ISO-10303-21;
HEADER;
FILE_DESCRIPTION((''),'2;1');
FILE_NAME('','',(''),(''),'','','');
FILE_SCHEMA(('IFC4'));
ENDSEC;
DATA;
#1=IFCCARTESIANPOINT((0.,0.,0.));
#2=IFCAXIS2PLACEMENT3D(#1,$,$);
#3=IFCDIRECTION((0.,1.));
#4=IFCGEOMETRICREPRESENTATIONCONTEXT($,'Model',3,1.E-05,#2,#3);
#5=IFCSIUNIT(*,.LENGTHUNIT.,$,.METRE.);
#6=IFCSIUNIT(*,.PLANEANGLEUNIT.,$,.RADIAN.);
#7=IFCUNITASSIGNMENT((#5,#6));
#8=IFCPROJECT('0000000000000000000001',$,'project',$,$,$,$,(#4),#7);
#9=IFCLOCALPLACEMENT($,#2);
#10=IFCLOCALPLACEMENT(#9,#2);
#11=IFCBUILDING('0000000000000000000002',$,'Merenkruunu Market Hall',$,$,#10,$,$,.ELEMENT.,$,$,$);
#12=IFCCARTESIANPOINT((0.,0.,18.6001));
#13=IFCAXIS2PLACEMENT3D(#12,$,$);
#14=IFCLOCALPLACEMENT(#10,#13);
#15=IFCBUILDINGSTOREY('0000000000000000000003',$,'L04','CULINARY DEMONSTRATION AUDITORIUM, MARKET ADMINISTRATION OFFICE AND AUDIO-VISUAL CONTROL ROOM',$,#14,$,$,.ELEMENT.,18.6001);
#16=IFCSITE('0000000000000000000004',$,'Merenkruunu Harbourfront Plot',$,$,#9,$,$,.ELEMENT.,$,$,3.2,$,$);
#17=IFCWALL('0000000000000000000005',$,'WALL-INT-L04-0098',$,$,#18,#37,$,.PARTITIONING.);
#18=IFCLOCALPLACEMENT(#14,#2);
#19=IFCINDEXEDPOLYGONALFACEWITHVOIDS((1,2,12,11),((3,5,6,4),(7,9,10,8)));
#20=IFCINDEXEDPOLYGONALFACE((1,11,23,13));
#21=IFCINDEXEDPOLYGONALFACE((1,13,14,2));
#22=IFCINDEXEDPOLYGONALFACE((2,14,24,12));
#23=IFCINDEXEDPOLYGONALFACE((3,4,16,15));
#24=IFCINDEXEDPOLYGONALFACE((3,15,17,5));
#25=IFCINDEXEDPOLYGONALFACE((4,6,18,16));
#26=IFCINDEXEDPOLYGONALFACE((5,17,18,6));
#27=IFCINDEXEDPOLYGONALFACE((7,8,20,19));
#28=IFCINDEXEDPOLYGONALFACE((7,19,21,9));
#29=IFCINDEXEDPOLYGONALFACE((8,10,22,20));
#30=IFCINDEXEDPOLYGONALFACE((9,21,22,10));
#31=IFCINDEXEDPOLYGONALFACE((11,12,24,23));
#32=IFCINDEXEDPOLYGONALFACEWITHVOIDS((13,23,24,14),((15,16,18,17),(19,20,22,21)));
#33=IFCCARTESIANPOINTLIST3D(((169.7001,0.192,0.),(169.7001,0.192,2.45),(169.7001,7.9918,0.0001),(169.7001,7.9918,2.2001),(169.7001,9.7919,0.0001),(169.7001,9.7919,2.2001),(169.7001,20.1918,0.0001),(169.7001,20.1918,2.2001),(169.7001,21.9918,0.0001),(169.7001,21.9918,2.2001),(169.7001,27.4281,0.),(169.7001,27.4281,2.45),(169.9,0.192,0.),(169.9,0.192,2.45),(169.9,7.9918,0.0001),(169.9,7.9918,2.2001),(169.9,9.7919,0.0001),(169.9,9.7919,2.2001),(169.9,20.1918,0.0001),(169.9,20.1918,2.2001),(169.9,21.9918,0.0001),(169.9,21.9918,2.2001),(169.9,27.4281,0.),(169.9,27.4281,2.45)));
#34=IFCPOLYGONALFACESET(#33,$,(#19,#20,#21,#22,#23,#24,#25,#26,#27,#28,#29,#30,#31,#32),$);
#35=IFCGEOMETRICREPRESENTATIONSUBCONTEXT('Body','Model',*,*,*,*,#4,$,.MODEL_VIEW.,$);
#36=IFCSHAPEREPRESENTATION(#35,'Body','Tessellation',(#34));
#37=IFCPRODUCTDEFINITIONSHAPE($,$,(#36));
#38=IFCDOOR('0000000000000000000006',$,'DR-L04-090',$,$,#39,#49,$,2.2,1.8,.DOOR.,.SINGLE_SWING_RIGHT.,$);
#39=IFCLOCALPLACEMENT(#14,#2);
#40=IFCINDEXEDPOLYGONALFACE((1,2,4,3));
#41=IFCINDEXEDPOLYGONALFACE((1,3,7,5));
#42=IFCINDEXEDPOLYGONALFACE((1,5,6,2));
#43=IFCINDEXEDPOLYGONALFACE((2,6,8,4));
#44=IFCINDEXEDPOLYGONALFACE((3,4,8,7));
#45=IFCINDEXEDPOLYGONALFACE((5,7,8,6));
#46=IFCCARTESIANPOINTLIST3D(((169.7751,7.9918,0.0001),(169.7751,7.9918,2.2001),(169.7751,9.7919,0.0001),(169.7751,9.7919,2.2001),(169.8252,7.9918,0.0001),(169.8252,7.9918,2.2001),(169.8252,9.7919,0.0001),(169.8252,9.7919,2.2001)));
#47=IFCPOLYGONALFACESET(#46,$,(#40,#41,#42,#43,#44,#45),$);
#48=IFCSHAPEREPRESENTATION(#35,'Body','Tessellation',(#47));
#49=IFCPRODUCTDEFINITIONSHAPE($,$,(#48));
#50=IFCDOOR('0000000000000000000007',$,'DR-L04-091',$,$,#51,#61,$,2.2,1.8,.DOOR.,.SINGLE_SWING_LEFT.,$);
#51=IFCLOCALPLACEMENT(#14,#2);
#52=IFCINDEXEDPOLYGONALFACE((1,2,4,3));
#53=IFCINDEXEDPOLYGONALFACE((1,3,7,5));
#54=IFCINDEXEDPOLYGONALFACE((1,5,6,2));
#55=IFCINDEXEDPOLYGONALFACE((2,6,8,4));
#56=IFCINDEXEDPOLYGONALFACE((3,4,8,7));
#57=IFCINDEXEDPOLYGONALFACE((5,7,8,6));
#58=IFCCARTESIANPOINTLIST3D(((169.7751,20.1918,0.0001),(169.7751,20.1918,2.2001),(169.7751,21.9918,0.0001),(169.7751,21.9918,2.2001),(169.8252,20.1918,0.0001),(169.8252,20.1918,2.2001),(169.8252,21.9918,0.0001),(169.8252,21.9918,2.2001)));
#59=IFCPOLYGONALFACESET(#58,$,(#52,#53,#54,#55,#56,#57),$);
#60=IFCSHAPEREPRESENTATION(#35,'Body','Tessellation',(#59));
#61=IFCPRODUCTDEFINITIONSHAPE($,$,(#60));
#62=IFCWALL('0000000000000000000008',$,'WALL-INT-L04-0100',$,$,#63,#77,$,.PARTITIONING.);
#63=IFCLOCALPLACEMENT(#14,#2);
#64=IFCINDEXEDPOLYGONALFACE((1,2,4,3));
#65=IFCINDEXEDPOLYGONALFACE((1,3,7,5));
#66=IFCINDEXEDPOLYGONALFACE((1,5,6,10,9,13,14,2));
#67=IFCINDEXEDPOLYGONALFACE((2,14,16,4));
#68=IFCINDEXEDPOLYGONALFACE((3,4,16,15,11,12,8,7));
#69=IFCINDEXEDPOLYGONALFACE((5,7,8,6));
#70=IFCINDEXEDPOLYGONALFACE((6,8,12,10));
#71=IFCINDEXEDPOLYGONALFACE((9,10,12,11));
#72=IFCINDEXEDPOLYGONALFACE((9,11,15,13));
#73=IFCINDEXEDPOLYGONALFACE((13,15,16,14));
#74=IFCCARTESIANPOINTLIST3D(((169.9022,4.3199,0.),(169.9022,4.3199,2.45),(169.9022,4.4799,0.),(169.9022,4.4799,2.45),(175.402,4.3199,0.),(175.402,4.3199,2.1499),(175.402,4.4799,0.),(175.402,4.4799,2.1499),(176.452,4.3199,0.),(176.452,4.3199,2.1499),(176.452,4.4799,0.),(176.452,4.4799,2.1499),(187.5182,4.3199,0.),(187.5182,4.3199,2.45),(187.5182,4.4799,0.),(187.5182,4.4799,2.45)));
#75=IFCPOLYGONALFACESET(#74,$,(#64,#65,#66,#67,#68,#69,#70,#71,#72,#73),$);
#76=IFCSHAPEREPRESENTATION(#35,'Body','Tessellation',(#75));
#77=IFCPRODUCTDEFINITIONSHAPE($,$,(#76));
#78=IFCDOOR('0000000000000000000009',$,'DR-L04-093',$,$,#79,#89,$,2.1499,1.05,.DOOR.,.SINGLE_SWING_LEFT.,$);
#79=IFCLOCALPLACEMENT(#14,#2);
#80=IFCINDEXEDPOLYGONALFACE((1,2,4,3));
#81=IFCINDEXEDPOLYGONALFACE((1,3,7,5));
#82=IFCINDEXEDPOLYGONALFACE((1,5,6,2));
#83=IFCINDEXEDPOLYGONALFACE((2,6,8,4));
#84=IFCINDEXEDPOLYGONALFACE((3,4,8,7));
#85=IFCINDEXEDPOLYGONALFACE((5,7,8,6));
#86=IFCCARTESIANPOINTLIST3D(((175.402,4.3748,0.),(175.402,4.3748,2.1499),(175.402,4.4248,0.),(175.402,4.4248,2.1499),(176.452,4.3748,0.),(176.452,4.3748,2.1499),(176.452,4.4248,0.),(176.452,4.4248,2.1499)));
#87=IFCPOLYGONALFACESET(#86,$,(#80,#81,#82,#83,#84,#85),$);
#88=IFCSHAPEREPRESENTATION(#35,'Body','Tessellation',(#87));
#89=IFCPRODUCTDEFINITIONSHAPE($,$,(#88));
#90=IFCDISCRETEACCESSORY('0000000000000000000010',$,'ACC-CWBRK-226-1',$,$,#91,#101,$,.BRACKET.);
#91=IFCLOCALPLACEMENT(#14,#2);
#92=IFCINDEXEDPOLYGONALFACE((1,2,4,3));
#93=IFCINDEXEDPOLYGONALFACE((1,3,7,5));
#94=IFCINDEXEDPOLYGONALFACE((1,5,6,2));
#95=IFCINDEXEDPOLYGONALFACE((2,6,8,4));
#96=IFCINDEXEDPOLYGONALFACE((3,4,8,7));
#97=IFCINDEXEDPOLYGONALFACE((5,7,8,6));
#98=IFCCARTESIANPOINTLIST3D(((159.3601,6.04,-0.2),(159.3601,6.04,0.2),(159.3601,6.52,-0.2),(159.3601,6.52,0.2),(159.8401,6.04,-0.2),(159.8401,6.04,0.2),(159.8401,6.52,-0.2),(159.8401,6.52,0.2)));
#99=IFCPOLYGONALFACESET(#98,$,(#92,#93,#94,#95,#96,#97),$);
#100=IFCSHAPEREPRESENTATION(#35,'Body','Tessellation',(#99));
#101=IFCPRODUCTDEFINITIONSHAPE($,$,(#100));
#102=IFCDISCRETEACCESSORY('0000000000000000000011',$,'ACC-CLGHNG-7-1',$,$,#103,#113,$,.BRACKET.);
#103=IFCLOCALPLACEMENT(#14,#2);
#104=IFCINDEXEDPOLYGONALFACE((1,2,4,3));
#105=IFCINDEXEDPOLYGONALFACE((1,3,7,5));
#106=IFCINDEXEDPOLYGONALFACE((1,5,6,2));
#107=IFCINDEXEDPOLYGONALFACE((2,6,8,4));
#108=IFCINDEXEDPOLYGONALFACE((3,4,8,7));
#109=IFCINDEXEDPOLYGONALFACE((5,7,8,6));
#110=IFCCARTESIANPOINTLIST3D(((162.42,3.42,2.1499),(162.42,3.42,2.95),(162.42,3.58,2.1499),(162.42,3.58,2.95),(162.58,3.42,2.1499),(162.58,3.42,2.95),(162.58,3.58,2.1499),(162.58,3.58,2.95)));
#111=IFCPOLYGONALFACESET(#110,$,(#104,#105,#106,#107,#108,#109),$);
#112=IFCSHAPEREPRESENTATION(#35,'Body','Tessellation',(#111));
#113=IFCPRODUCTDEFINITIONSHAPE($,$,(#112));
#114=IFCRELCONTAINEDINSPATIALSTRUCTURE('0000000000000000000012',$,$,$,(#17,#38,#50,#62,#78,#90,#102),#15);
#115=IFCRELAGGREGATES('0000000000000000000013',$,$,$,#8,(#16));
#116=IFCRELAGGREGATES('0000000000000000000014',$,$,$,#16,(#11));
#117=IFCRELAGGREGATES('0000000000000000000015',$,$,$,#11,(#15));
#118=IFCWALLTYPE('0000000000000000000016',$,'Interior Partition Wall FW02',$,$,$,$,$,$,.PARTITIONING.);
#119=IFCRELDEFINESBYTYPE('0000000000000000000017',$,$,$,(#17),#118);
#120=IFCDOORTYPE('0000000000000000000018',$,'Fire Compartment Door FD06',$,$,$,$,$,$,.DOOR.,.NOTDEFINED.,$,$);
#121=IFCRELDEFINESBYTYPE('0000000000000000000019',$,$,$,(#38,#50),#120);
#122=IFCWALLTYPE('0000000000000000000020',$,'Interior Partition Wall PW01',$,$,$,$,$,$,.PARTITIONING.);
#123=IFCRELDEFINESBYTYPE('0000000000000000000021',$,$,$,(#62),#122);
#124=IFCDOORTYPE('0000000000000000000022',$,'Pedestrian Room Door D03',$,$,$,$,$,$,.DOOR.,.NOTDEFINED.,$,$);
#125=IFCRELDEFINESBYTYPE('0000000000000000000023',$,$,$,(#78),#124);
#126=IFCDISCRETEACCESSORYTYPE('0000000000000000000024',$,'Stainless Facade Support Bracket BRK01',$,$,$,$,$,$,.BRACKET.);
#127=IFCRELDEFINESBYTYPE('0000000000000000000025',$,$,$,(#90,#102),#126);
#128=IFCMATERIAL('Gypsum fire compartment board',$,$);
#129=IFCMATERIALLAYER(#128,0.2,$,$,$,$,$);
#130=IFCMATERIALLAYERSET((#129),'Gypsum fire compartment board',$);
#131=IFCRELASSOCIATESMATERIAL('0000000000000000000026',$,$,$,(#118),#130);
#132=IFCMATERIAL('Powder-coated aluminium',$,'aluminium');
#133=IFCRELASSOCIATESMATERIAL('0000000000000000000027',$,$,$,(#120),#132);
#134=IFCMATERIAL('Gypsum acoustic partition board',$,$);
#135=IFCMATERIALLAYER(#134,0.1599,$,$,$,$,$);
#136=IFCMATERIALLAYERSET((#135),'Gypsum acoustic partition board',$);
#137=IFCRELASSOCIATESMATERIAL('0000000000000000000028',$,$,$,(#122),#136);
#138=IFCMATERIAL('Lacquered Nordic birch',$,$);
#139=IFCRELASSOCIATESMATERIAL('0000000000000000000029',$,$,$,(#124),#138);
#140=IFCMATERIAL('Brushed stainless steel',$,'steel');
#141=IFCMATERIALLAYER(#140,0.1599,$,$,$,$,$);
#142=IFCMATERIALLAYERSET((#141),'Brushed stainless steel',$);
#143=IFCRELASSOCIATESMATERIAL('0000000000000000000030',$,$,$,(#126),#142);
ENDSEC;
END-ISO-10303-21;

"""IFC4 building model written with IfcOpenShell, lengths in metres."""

from ifc_helpers import new_model, si_unit, direction, frame, frame_2d, origin, origin_2d, place, context, subcontext, project, spatial, rectangle, extrude, material, layer, layer_set, type_object, element, fill, save


model = new_model("IFC4")

# Units and contexts
model_context = context("Model", 3, precision=1e-05, world=origin(), true_north=direction((0.0, 1.0)))
body_context = subcontext(model_context, "Body", "Model", "MODEL_VIEW")
ifc_project = project(units=[si_unit("LENGTHUNIT", "METRE"), si_unit("PLANEANGLEUNIT", "RADIAN")], contexts=[model_context])

# Site, building, storey
site_placement = place(None, origin())
site = spatial("IfcSite", under=ifc_project, at=site_placement, Name="Merenkruunu Harbourfront Plot", CompositionType="ELEMENT", RefElevation=3.2)
building_placement = place(site_placement, origin())
building = spatial("IfcBuilding", under=site, at=building_placement, Name="Merenkruunu Market Hall", CompositionType="ELEMENT")
storey_placement = place(building_placement, frame((0.0, 0.0, 18.6001)))
storey = spatial("IfcBuildingStorey", under=building, at=storey_placement, Name="L04", Description="CULINARY DEMONSTRATION AUDITORIUM, MARKET ADMINISTRATION OFFICE AND AUDIO-VISUAL CONTROL ROOM", CompositionType="ELEMENT", Elevation=18.6001)

# Wall, openings, doors
ifc_material_1 = material(Name="Gypsum fire compartment board")
ifc_layer_1 = layer(ifc_material_1, 0.2)
ifc_layer_set_1 = layer_set([ifc_layer_1], Name="Gypsum fire compartment board")
wall_type_1 = type_object("IfcWallType", Name="Interior Partition Wall FW02", PredefinedType="PARTITIONING", material=ifc_layer_set_1)
wall_1_placement = place(storey_placement, frame((169.8, 0.1919, 0.0), z_axis=(0.0, 0.0, 1.0), x_axis=(0.0, 1.0, 0.0)))
wall_1 = element("IfcWall", 1, at=wall_1_placement, inside=storey, type_object=wall_type_1, Name="WALL-INT-L04-0098", PredefinedType="PARTITIONING", context=body_context, shape_type="SweptSolid", body=[
    extrude(rectangle(XDim=27.2361, YDim=0.2, at=frame_2d((13.6182, 0.0))), origin(), (0.0, 0.0, 1.0), 2.45),
])
opening_1_placement = place(wall_1_placement, frame((7.8, 0.0, 0.0)))
opening_1 = element("IfcOpeningElement", 2, at=opening_1_placement, cuts=wall_1, PredefinedType="OPENING", context=body_context, shape_type="SweptSolid", body=[
    extrude(rectangle(XDim=1.8, YDim=2.2, at=frame_2d((0.8999, 1.1001))), frame((0.0, 0.1099, 0.0), z_axis=(0.0, -1.0, 0.0), x_axis=(1.0, 0.0, 0.0)), (0.0, 0.0, 1.0), 0.22),
])
opening_2_placement = place(wall_1_placement, frame((20.0, 0.0, 0.0)))
opening_2 = element("IfcOpeningElement", 3, at=opening_2_placement, cuts=wall_1, PredefinedType="OPENING", context=body_context, shape_type="SweptSolid", body=[
    extrude(rectangle(XDim=1.8, YDim=2.2, at=frame_2d((0.8999, 1.1001))), frame((0.0, 0.1099, 0.0), z_axis=(0.0, -1.0, 0.0), x_axis=(1.0, 0.0, 0.0)), (0.0, 0.0, 1.0), 0.22),
])
ifc_material_2 = material(Name="Powder-coated aluminium", Category="aluminium")
door_type_1 = type_object("IfcDoorType", Name="Fire Compartment Door FD06", OperationType="NOTDEFINED", PredefinedType="DOOR", material=ifc_material_2)
door_1_placement = place(opening_1_placement, origin())
door_1 = element("IfcDoor", 4, at=door_1_placement, inside=storey, type_object=door_type_1, Name="DR-L04-090", OperationType="SINGLE_SWING_RIGHT", OverallHeight=2.2, OverallWidth=1.8, PredefinedType="DOOR", context=body_context, shape_type="SweptSolid", body=[
    extrude(rectangle(XDim=1.8, YDim=2.2, at=frame_2d((0.8999, 1.1001))), frame((0.0, 0.0249, 0.0), z_axis=(0.0, -1.0, 0.0), x_axis=(1.0, 0.0, 0.0)), (0.0, 0.0, 1.0), 0.05),
])
fill(opening_1, door_1)
door_2_placement = place(opening_2_placement, origin())
door_2 = element("IfcDoor", 5, at=door_2_placement, inside=storey, type_object=door_type_1, Name="DR-L04-091", OperationType="SINGLE_SWING_LEFT", OverallHeight=2.2, OverallWidth=1.8, PredefinedType="DOOR", context=body_context, shape_type="SweptSolid", body=[
    extrude(rectangle(XDim=1.8, YDim=2.2, at=frame_2d((0.8999, 1.1001))), frame((0.0, 0.0249, 0.0), z_axis=(0.0, -1.0, 0.0), x_axis=(1.0, 0.0, 0.0)), (0.0, 0.0, 1.0), 0.05),
])
fill(opening_2, door_2)

# Wall, opening, door
ifc_material_3 = material(Name="Gypsum acoustic partition board")
ifc_layer_2 = layer(ifc_material_3, 0.1599)
ifc_layer_set_2 = layer_set([ifc_layer_2], Name="Gypsum acoustic partition board")
wall_type_2 = type_object("IfcWallType", Name="Interior Partition Wall PW01", PredefinedType="PARTITIONING", material=ifc_layer_set_2)
wall_2_placement = place(storey_placement, frame((169.9021, 4.3999, 0.0), z_axis=(0.0, 0.0, 1.0), x_axis=(1.0, 0.0, 0.0)))
wall_2 = element("IfcWall", 6, at=wall_2_placement, inside=storey, type_object=wall_type_2, Name="WALL-INT-L04-0100", PredefinedType="PARTITIONING", context=body_context, shape_type="SweptSolid", body=[
    extrude(rectangle(XDim=17.616, YDim=0.1599, at=frame_2d((8.8081, 0.0))), origin(), (0.0, 0.0, 1.0), 2.45),
])
opening_3_placement = place(wall_2_placement, frame((5.5, 0.0, 0.0)))
opening_3 = element("IfcOpeningElement", 7, at=opening_3_placement, cuts=wall_2, PredefinedType="OPENING", context=body_context, shape_type="SweptSolid", body=[
    extrude(rectangle(XDim=1.05, YDim=2.1499, at=frame_2d((0.5249, 1.075))), frame((0.0, 0.0898, 0.0), z_axis=(0.0, -1.0, 0.0), x_axis=(1.0, 0.0, 0.0)), (0.0, 0.0, 1.0), 0.1799),
])
ifc_material_4 = material(Name="Lacquered Nordic birch")
door_type_2 = type_object("IfcDoorType", Name="Pedestrian Room Door D03", OperationType="NOTDEFINED", PredefinedType="DOOR", material=ifc_material_4)
door_3_placement = place(opening_3_placement, origin())
door_3 = element("IfcDoor", 8, at=door_3_placement, inside=storey, type_object=door_type_2, Name="DR-L04-093", OperationType="SINGLE_SWING_LEFT", OverallHeight=2.1499, OverallWidth=1.05, PredefinedType="DOOR", context=body_context, shape_type="SweptSolid", body=[
    extrude(rectangle(XDim=1.05, YDim=2.1499, at=frame_2d((0.5249, 1.075))), frame((0.0, 0.0249, 0.0), z_axis=(0.0, -1.0, 0.0), x_axis=(1.0, 0.0, 0.0)), (0.0, 0.0, 1.0), 0.05),
])
fill(opening_3, door_3)

# Discrete accessories
ifc_material_5 = material(Name="Brushed stainless steel", Category="steel")
ifc_layer_3 = layer(ifc_material_5, 0.1599)
ifc_layer_set_3 = layer_set([ifc_layer_3], Name="Brushed stainless steel")
discrete_accessory_type = type_object("IfcDiscreteAccessoryType", Name="Stainless Facade Support Bracket BRK01", PredefinedType="BRACKET", material=ifc_layer_set_3)
discrete_accessory_1_placement = place(storey_placement, frame((159.6001, 6.28, -0.2), z_axis=(0.0, 0.0, 1.0), x_axis=(1.0, 0.0, 0.0)))
element("IfcDiscreteAccessory", 9, at=discrete_accessory_1_placement, inside=storey, type_object=discrete_accessory_type, Name="ACC-CWBRK-226-1", PredefinedType="BRACKET", context=body_context, shape_type="SweptSolid", body=[
    extrude(rectangle(XDim=0.48, YDim=0.48, at=origin_2d()), origin(), (0.0, 0.0, 1.0), 0.3999),
])
discrete_accessory_2_placement = place(storey_placement, frame((162.5, 3.5, 2.1499), z_axis=(0.0, 0.0, 1.0), x_axis=(1.0, 0.0, 0.0)))
element("IfcDiscreteAccessory", 10, at=discrete_accessory_2_placement, inside=storey, type_object=discrete_accessory_type, Name="ACC-CLGHNG-7-1", PredefinedType="BRACKET", context=body_context, shape_type="SweptSolid", body=[
    extrude(rectangle(XDim=0.1599, YDim=0.1599, at=origin_2d()), origin(), (0.0, 0.0, 1.0), 0.8),
])

save(model, "model.ifc")
